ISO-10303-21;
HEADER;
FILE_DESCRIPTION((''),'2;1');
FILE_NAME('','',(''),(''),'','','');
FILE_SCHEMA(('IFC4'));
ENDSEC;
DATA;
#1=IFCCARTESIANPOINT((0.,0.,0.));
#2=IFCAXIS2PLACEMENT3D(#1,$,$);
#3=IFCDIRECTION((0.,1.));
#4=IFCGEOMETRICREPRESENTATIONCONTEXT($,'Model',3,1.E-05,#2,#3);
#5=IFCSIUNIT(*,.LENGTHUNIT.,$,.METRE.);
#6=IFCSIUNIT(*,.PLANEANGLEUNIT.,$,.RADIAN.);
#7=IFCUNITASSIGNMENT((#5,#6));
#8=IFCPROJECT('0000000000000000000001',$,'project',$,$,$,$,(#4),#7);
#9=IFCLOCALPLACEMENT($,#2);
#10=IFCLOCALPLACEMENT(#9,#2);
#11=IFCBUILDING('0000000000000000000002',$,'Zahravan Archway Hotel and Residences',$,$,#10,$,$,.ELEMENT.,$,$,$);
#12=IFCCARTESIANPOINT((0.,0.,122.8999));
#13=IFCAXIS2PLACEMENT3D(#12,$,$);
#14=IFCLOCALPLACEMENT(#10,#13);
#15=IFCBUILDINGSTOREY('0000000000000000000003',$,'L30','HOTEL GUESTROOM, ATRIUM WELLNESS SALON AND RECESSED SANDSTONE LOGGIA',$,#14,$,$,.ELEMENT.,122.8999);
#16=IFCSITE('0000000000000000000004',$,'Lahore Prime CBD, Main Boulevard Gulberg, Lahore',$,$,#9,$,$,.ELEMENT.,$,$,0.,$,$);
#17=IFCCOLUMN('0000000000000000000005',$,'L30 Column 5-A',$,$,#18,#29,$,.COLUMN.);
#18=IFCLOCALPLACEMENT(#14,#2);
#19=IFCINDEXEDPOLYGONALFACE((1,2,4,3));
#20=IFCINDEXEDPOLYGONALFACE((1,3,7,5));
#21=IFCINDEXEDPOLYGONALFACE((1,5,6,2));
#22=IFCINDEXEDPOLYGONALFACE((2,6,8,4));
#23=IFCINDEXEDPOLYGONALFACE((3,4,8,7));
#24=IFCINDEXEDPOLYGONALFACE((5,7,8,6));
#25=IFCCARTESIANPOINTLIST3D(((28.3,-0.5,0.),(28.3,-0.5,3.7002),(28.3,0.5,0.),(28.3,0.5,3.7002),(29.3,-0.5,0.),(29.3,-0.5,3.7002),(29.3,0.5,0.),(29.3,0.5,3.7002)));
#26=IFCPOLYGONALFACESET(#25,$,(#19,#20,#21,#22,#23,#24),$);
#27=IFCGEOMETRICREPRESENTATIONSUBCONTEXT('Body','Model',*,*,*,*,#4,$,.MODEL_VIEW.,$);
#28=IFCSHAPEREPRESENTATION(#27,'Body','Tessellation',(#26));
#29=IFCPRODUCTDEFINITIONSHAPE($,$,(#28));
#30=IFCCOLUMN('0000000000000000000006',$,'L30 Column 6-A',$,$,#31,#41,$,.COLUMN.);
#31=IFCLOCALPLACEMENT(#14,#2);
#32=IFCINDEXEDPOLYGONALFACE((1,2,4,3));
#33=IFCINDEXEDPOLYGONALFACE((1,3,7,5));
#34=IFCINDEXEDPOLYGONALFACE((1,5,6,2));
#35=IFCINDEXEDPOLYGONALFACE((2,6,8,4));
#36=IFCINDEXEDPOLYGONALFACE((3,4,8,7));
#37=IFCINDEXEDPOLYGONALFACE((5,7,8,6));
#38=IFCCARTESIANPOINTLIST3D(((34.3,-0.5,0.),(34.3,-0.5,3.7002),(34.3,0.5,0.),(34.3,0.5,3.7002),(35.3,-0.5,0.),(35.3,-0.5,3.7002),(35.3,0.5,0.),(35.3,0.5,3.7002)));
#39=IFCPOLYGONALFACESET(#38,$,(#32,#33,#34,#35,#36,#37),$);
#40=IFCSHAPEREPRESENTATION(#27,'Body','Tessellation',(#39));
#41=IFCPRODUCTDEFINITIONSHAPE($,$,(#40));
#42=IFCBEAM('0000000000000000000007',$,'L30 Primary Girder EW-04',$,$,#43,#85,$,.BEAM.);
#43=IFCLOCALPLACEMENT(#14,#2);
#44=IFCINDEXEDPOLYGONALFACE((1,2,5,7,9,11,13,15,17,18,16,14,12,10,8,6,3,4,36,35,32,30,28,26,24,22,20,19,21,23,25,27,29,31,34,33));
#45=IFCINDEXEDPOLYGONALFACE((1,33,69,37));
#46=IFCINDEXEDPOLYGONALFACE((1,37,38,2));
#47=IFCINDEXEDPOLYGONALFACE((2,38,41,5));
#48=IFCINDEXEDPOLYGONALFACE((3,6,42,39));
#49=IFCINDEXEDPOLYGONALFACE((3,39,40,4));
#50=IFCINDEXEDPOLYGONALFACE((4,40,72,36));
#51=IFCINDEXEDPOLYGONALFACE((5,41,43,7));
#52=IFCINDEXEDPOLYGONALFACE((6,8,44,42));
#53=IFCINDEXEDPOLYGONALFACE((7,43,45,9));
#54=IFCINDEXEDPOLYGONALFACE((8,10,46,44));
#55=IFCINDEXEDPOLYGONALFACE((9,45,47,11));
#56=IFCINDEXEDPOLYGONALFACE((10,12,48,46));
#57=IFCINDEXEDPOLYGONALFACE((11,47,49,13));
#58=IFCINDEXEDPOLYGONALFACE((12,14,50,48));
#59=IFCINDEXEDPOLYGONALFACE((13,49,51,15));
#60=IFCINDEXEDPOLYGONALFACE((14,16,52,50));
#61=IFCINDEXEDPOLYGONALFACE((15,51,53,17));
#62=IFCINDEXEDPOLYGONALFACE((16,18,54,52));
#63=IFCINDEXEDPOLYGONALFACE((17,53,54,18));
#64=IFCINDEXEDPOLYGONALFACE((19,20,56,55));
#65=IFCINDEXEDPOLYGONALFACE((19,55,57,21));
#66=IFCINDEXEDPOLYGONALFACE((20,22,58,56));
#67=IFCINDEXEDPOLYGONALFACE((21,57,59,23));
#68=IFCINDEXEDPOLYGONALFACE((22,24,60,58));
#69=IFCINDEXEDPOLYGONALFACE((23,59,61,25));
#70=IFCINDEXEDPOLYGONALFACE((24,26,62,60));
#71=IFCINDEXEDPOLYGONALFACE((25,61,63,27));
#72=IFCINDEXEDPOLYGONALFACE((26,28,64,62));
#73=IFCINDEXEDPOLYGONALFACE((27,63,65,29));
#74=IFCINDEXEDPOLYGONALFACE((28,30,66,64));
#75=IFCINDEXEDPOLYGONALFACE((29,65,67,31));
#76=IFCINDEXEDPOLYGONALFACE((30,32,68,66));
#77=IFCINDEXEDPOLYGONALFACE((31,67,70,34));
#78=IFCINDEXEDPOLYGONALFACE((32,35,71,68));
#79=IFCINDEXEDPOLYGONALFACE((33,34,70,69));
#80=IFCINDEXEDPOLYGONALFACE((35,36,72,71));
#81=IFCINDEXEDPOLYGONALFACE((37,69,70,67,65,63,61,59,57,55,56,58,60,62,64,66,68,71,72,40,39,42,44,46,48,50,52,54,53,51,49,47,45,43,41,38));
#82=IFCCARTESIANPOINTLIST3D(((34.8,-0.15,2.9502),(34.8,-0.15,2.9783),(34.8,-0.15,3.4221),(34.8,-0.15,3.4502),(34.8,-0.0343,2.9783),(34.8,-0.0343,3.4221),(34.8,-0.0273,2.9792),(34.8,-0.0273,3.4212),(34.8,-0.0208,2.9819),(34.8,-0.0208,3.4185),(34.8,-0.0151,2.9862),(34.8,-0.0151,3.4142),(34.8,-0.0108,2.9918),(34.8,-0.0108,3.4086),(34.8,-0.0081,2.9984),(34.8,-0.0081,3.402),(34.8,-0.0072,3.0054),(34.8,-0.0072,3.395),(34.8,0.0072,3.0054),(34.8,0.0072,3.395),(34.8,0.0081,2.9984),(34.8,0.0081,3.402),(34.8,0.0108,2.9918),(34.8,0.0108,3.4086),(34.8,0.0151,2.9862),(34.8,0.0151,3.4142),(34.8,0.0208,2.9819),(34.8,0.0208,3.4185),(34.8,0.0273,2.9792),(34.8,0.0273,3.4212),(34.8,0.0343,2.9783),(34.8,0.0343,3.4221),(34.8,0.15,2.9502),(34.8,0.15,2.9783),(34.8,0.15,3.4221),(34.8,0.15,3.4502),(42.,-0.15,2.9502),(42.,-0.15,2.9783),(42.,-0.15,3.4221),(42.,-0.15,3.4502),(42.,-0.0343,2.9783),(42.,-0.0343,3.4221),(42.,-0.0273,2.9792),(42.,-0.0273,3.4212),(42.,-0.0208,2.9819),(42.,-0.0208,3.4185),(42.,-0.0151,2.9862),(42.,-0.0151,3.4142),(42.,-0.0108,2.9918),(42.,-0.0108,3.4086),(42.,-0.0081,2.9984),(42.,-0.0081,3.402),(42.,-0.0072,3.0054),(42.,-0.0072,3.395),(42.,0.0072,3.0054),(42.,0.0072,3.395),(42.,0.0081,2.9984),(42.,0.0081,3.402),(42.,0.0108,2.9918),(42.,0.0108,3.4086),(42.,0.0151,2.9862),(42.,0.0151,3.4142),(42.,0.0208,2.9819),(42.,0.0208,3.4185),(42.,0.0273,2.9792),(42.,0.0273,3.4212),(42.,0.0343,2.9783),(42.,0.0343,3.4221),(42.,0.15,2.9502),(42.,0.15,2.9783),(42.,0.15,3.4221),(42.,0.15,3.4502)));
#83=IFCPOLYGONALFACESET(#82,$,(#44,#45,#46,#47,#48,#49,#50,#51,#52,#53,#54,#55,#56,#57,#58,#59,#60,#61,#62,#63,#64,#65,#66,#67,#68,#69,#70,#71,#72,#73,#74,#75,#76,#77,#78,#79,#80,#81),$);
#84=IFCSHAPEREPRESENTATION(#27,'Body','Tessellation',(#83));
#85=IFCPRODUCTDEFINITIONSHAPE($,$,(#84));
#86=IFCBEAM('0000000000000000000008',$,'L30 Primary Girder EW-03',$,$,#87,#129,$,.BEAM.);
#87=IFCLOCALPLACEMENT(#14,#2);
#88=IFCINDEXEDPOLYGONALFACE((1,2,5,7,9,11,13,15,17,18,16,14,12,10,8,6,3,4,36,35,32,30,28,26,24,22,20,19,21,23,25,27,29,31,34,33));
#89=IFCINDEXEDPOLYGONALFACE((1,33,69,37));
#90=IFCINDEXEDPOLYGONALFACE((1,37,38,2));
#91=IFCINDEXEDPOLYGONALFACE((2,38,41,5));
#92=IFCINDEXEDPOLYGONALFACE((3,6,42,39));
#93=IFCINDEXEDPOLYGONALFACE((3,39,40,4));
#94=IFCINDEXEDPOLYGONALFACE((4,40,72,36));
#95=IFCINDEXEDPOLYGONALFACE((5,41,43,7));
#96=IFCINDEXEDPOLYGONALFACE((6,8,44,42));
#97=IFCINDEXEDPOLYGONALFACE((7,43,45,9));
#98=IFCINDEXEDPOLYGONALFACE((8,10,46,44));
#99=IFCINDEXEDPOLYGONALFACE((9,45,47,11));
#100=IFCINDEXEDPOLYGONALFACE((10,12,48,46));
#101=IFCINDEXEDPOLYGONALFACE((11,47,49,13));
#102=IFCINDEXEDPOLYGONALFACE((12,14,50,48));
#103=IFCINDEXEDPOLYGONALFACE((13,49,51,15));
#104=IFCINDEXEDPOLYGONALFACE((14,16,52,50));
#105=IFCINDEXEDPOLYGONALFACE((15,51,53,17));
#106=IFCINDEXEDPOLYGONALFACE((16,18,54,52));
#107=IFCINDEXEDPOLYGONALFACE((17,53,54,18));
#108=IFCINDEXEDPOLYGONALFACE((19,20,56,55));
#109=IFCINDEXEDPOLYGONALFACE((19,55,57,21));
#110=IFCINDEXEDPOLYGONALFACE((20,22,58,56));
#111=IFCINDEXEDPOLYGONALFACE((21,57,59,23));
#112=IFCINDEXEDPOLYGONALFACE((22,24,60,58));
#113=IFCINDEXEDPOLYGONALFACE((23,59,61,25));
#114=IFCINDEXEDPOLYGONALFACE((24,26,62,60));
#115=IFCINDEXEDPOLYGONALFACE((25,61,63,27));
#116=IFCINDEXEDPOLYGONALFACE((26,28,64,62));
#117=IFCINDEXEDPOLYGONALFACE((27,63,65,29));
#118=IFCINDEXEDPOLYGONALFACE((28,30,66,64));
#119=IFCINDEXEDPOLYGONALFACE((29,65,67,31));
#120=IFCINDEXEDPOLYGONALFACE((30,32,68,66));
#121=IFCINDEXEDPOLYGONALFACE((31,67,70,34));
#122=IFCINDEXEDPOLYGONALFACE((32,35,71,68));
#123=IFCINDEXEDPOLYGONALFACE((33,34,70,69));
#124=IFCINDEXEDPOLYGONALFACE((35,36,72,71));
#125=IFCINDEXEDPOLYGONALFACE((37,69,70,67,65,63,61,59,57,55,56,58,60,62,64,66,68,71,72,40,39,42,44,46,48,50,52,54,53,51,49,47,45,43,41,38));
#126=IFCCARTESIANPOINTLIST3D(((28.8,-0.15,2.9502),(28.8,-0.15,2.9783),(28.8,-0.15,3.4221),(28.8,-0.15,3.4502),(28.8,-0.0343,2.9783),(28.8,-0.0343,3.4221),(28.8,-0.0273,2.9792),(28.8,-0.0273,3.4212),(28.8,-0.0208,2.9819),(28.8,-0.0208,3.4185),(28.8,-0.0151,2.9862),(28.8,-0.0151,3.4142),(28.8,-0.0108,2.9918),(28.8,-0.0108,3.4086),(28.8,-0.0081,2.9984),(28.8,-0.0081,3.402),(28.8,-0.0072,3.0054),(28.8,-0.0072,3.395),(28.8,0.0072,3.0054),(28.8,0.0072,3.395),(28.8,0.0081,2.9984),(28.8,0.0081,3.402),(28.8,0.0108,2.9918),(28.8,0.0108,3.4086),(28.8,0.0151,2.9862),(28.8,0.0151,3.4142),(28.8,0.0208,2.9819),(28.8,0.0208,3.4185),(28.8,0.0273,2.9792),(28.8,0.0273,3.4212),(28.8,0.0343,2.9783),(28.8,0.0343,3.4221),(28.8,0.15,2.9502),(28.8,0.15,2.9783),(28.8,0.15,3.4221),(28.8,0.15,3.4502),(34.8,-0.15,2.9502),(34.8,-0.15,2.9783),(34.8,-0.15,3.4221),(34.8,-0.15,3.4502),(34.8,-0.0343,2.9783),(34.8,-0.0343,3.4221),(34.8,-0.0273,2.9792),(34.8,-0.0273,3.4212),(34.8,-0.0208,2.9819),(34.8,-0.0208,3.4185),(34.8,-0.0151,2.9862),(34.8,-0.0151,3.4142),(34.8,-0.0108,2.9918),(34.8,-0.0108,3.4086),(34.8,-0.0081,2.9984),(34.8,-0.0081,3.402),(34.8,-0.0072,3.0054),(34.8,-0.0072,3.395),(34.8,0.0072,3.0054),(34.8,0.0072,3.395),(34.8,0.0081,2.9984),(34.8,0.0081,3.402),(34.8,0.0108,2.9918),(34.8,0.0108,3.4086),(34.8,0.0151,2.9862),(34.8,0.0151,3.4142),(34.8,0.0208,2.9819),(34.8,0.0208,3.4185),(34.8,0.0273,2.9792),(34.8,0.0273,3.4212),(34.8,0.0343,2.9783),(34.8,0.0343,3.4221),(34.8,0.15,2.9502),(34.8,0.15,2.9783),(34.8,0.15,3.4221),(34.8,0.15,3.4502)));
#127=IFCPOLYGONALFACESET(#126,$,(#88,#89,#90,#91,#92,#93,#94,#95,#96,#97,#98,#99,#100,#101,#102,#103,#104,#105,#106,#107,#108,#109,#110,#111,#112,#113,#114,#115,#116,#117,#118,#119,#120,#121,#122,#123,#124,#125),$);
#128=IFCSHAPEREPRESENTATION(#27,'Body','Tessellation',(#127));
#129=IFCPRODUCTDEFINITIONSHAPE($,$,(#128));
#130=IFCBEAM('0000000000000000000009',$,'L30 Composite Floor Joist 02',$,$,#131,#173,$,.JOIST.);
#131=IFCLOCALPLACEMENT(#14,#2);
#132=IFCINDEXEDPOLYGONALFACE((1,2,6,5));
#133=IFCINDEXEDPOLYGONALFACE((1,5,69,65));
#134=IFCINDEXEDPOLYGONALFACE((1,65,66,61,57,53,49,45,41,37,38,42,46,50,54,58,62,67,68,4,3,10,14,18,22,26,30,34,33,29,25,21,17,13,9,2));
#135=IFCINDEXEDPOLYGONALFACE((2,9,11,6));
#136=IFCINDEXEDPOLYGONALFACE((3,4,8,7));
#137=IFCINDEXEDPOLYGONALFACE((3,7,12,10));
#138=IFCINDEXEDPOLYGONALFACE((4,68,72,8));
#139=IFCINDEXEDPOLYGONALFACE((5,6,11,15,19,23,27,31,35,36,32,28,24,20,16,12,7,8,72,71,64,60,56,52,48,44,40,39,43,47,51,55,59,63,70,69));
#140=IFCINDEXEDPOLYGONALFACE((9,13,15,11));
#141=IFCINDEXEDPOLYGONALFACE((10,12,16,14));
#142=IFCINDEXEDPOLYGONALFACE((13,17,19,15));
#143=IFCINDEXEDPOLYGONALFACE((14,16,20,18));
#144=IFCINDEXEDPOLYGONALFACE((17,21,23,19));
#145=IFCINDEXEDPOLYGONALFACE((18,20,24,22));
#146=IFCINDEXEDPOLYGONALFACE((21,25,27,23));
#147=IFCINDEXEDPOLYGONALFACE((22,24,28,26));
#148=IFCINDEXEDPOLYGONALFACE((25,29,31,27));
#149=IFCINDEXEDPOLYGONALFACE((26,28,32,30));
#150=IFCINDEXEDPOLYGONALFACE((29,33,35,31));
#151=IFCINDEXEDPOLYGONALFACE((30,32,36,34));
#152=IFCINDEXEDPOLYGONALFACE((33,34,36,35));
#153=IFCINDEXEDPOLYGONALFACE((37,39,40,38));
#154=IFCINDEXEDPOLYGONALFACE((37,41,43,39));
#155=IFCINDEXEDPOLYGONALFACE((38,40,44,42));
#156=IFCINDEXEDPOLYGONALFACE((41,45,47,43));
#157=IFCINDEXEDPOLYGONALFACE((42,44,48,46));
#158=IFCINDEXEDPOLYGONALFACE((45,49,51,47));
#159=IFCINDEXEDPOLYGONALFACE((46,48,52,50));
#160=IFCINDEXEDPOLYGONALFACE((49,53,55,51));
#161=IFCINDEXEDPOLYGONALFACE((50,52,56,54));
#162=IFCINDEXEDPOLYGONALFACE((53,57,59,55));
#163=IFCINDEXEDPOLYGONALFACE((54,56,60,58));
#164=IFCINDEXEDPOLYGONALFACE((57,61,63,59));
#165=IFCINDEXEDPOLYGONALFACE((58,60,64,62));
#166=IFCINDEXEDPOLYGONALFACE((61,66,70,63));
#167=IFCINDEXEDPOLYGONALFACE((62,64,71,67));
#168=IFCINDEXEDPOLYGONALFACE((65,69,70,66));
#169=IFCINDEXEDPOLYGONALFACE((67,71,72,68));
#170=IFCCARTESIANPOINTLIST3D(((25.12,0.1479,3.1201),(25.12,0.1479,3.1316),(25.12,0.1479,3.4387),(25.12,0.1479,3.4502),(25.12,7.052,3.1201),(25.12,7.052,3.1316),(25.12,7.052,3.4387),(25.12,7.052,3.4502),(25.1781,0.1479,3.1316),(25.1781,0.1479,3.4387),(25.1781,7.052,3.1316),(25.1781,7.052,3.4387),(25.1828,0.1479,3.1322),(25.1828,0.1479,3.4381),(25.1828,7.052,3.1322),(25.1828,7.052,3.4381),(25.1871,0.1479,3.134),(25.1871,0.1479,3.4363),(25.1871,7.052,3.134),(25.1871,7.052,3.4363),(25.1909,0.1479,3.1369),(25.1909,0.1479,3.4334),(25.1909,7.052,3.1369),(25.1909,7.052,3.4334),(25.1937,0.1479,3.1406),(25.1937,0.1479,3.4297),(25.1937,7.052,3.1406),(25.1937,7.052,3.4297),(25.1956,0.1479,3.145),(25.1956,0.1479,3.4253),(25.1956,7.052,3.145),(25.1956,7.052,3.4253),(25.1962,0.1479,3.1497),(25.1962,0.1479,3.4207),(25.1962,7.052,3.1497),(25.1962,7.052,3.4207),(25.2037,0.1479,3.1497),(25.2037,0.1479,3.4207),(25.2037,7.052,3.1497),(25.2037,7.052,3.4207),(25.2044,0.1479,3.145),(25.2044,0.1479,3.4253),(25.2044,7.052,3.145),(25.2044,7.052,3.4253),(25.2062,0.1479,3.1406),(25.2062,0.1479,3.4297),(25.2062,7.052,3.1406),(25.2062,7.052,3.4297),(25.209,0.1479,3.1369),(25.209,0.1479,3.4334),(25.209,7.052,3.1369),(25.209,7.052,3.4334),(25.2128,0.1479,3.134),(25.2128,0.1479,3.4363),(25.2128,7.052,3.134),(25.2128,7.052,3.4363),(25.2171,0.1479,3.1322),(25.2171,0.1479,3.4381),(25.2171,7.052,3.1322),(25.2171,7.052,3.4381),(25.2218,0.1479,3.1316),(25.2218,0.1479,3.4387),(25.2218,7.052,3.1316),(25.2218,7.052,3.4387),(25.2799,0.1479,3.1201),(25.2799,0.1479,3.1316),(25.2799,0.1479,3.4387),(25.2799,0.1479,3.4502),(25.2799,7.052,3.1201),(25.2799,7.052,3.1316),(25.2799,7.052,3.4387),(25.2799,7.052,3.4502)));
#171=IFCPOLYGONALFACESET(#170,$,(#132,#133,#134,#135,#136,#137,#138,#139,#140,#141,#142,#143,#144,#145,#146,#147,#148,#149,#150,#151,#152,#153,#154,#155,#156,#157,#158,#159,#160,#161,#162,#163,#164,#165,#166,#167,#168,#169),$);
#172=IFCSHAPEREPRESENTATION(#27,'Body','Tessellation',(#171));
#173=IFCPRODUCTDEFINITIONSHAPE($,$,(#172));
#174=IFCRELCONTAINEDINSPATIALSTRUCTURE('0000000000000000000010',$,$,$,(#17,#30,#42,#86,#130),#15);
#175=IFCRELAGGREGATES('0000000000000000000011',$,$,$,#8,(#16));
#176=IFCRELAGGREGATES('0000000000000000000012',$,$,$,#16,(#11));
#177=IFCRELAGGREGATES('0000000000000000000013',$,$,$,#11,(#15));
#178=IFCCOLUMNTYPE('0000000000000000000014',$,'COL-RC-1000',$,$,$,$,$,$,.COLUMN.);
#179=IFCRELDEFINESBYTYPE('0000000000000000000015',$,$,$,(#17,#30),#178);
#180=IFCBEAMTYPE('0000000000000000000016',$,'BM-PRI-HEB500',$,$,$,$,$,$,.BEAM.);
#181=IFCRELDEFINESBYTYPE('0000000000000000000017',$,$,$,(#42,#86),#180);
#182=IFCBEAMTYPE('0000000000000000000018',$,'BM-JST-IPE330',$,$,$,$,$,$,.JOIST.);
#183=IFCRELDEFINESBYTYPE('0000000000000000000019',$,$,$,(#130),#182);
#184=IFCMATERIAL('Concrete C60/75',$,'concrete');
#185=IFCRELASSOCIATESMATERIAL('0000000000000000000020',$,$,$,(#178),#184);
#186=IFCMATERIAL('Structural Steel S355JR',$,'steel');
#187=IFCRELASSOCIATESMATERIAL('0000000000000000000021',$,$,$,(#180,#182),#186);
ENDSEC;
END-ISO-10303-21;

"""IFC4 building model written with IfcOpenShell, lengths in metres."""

from ifc_helpers import new_model, si_unit, direction, frame, origin, origin_2d, place, context, subcontext, project, spatial, rectangle, i_section, extrude, source, transform, mapped, material, material_profile, profile_set, type_object, type_shapes, element, save


model = new_model("IFC4")

# Units and contexts
model_context = context("Model", 3, precision=1e-05, world=origin(), true_north=direction((0.0, 1.0)))
body_context = subcontext(model_context, "Body", "Model", "MODEL_VIEW")
ifc_project = project(units=[si_unit("LENGTHUNIT", "METRE"), si_unit("PLANEANGLEUNIT", "RADIAN")], contexts=[model_context])

# Site, building, storey
site_placement = place(None, origin())
site = spatial("IfcSite", under=ifc_project, at=site_placement, Name="Lahore Prime CBD, Main Boulevard Gulberg, Lahore", CompositionType="ELEMENT", RefElevation=0.0)
building_placement = place(site_placement, origin())
building = spatial("IfcBuilding", under=site, at=building_placement, Name="Zahravan Archway Hotel and Residences", CompositionType="ELEMENT")
storey_placement = place(building_placement, frame((0.0, 0.0, 122.8999)))
storey = spatial("IfcBuildingStorey", under=building, at=storey_placement, Name="L30", Description="HOTEL GUESTROOM, ATRIUM WELLNESS SALON AND RECESSED SANDSTONE LOGGIA", CompositionType="ELEMENT", Elevation=122.8999)

# Columns
ifc_material_1 = material(Name="Concrete C60/75", Category="concrete")
ifc_material_profile_1 = material_profile(ifc_material_1, rectangle(XDim=1.0, YDim=1.0, at=origin_2d()), Name="RC-COL-1000x1000", Category="concrete")
ifc_profile_set_1 = profile_set([ifc_material_profile_1], Name="Concrete C60/75")
column_type = type_object("IfcColumnType", Name="COL-RC-1000", PredefinedType="COLUMN", material=ifc_profile_set_1)
shared_shape_1 = source(origin(), body_context, "Body", "SweptSolid", [
    extrude(rectangle(XDim=1.0, YDim=1.0, at=origin_2d()), origin(), (0.0, 0.0, 1.0), 3.7002),
])
for number, where, z_axis, x_axis, name in (
    (1, (28.8, 0.0, 0.0), (0.0, 0.0, 1.0), (1.0, 0.0, 0.0), "L30 Column 5-A"),
    (2, (34.8, 0.0, 0.0), (0.0, 0.0, 1.0), (1.0, 0.0, 0.0), "L30 Column 6-A"),
):
    element("IfcColumn", number, at=place(storey_placement, frame(where, z_axis=z_axis, x_axis=x_axis)), inside=storey, type_object=column_type, Name=name, PredefinedType="COLUMN", context=body_context, shape_type="MappedRepresentation", body=[
        mapped(shared_shape_1, transform((0.0, 0.0, 0.0), scale=1.0)),
    ])

# Beams
ifc_material_2 = material(Name="Structural Steel S355JR", Category="steel")
ifc_material_profile_2 = material_profile(ifc_material_2, i_section(OverallWidth=0.3, OverallDepth=0.5, WebThickness=0.0144, FlangeThickness=0.0281, FilletRadius=0.0271, at=origin_2d()), Name="HEB 500", Category="steel")
ifc_profile_set_2 = profile_set([ifc_material_profile_2], Name="Structural Steel S355JR")
beam_type_1 = type_object("IfcBeamType", Name="BM-PRI-HEB500", PredefinedType="BEAM", material=ifc_profile_set_2)
shared_shape_2 = source(origin(), body_context, "Body", "SweptSolid", [
    extrude(i_section(OverallWidth=0.3, OverallDepth=0.5, WebThickness=0.0144, FlangeThickness=0.0281, FilletRadius=0.0271, at=origin_2d()), origin(), (0.0, 0.0, 1.0), 7.2),
])
beam_1_placement = place(storey_placement, frame((34.8, 0.0, 3.2002), z_axis=(1.0, 0.0, 0.0), x_axis=(0.0, 1.0, 0.0)))
element("IfcBeam", 3, at=beam_1_placement, inside=storey, type_object=beam_type_1, Name="L30 Primary Girder EW-04", PredefinedType="BEAM", context=body_context, shape_type="MappedRepresentation", body=[
    mapped(shared_shape_2, transform((0.0, 0.0, 0.0), scale=1.0)),
])
shared_shape_3 = source(origin(), body_context, "Body", "SweptSolid", [
    extrude(i_section(OverallWidth=0.3, OverallDepth=0.5, WebThickness=0.0144, FlangeThickness=0.0281, FilletRadius=0.0271, at=origin_2d()), origin(), (0.0, 0.0, 1.0), 6.0),
])
beam_2_placement = place(storey_placement, frame((28.8, 0.0, 3.2002), z_axis=(1.0, 0.0, 0.0), x_axis=(0.0, 1.0, 0.0)))
element("IfcBeam", 4, at=beam_2_placement, inside=storey, type_object=beam_type_1, Name="L30 Primary Girder EW-03", PredefinedType="BEAM", context=body_context, shape_type="MappedRepresentation", body=[
    mapped(shared_shape_3, transform((0.0, 0.0, 0.0), scale=1.0)),
])
ifc_material_profile_3 = material_profile(ifc_material_2, i_section(OverallWidth=0.1599, OverallDepth=0.3301, WebThickness=0.0076, FlangeThickness=0.0115, FilletRadius=0.0181, at=origin_2d()), Name="IPE 330", Category="steel")
ifc_profile_set_3 = profile_set([ifc_material_profile_3], Name="Structural Steel S355JR")
beam_type_2 = type_object("IfcBeamType", Name="BM-JST-IPE330", PredefinedType="JOIST", material=ifc_profile_set_3)
shared_shape_4 = source(origin(), body_context, "Body", "SweptSolid", [
    extrude(i_section(OverallWidth=0.1599, OverallDepth=0.3301, WebThickness=0.0076, FlangeThickness=0.0115, FilletRadius=0.0181, at=origin_2d()), origin(), (0.0, 0.0, 1.0), 6.9041),
])
type_shapes(beam_type_2, [shared_shape_4])
for number, where, z_axis, x_axis, name in (
    (5, (25.2, 0.1479, 3.2852), (0.0, 1.0, 0.0), (-1.0, 0.0, 0.0), "L30 Composite Floor Joist 02"),
):
    element("IfcBeam", number, at=place(storey_placement, frame(where, z_axis=z_axis, x_axis=x_axis)), inside=storey, type_object=beam_type_2, Name=name, PredefinedType="JOIST", context=body_context, shape_type="MappedRepresentation", body=[
        mapped(shared_shape_4, transform((0.0, 0.0, 0.0), scale=1.0)),
    ])

save(model, "model.ifc")
